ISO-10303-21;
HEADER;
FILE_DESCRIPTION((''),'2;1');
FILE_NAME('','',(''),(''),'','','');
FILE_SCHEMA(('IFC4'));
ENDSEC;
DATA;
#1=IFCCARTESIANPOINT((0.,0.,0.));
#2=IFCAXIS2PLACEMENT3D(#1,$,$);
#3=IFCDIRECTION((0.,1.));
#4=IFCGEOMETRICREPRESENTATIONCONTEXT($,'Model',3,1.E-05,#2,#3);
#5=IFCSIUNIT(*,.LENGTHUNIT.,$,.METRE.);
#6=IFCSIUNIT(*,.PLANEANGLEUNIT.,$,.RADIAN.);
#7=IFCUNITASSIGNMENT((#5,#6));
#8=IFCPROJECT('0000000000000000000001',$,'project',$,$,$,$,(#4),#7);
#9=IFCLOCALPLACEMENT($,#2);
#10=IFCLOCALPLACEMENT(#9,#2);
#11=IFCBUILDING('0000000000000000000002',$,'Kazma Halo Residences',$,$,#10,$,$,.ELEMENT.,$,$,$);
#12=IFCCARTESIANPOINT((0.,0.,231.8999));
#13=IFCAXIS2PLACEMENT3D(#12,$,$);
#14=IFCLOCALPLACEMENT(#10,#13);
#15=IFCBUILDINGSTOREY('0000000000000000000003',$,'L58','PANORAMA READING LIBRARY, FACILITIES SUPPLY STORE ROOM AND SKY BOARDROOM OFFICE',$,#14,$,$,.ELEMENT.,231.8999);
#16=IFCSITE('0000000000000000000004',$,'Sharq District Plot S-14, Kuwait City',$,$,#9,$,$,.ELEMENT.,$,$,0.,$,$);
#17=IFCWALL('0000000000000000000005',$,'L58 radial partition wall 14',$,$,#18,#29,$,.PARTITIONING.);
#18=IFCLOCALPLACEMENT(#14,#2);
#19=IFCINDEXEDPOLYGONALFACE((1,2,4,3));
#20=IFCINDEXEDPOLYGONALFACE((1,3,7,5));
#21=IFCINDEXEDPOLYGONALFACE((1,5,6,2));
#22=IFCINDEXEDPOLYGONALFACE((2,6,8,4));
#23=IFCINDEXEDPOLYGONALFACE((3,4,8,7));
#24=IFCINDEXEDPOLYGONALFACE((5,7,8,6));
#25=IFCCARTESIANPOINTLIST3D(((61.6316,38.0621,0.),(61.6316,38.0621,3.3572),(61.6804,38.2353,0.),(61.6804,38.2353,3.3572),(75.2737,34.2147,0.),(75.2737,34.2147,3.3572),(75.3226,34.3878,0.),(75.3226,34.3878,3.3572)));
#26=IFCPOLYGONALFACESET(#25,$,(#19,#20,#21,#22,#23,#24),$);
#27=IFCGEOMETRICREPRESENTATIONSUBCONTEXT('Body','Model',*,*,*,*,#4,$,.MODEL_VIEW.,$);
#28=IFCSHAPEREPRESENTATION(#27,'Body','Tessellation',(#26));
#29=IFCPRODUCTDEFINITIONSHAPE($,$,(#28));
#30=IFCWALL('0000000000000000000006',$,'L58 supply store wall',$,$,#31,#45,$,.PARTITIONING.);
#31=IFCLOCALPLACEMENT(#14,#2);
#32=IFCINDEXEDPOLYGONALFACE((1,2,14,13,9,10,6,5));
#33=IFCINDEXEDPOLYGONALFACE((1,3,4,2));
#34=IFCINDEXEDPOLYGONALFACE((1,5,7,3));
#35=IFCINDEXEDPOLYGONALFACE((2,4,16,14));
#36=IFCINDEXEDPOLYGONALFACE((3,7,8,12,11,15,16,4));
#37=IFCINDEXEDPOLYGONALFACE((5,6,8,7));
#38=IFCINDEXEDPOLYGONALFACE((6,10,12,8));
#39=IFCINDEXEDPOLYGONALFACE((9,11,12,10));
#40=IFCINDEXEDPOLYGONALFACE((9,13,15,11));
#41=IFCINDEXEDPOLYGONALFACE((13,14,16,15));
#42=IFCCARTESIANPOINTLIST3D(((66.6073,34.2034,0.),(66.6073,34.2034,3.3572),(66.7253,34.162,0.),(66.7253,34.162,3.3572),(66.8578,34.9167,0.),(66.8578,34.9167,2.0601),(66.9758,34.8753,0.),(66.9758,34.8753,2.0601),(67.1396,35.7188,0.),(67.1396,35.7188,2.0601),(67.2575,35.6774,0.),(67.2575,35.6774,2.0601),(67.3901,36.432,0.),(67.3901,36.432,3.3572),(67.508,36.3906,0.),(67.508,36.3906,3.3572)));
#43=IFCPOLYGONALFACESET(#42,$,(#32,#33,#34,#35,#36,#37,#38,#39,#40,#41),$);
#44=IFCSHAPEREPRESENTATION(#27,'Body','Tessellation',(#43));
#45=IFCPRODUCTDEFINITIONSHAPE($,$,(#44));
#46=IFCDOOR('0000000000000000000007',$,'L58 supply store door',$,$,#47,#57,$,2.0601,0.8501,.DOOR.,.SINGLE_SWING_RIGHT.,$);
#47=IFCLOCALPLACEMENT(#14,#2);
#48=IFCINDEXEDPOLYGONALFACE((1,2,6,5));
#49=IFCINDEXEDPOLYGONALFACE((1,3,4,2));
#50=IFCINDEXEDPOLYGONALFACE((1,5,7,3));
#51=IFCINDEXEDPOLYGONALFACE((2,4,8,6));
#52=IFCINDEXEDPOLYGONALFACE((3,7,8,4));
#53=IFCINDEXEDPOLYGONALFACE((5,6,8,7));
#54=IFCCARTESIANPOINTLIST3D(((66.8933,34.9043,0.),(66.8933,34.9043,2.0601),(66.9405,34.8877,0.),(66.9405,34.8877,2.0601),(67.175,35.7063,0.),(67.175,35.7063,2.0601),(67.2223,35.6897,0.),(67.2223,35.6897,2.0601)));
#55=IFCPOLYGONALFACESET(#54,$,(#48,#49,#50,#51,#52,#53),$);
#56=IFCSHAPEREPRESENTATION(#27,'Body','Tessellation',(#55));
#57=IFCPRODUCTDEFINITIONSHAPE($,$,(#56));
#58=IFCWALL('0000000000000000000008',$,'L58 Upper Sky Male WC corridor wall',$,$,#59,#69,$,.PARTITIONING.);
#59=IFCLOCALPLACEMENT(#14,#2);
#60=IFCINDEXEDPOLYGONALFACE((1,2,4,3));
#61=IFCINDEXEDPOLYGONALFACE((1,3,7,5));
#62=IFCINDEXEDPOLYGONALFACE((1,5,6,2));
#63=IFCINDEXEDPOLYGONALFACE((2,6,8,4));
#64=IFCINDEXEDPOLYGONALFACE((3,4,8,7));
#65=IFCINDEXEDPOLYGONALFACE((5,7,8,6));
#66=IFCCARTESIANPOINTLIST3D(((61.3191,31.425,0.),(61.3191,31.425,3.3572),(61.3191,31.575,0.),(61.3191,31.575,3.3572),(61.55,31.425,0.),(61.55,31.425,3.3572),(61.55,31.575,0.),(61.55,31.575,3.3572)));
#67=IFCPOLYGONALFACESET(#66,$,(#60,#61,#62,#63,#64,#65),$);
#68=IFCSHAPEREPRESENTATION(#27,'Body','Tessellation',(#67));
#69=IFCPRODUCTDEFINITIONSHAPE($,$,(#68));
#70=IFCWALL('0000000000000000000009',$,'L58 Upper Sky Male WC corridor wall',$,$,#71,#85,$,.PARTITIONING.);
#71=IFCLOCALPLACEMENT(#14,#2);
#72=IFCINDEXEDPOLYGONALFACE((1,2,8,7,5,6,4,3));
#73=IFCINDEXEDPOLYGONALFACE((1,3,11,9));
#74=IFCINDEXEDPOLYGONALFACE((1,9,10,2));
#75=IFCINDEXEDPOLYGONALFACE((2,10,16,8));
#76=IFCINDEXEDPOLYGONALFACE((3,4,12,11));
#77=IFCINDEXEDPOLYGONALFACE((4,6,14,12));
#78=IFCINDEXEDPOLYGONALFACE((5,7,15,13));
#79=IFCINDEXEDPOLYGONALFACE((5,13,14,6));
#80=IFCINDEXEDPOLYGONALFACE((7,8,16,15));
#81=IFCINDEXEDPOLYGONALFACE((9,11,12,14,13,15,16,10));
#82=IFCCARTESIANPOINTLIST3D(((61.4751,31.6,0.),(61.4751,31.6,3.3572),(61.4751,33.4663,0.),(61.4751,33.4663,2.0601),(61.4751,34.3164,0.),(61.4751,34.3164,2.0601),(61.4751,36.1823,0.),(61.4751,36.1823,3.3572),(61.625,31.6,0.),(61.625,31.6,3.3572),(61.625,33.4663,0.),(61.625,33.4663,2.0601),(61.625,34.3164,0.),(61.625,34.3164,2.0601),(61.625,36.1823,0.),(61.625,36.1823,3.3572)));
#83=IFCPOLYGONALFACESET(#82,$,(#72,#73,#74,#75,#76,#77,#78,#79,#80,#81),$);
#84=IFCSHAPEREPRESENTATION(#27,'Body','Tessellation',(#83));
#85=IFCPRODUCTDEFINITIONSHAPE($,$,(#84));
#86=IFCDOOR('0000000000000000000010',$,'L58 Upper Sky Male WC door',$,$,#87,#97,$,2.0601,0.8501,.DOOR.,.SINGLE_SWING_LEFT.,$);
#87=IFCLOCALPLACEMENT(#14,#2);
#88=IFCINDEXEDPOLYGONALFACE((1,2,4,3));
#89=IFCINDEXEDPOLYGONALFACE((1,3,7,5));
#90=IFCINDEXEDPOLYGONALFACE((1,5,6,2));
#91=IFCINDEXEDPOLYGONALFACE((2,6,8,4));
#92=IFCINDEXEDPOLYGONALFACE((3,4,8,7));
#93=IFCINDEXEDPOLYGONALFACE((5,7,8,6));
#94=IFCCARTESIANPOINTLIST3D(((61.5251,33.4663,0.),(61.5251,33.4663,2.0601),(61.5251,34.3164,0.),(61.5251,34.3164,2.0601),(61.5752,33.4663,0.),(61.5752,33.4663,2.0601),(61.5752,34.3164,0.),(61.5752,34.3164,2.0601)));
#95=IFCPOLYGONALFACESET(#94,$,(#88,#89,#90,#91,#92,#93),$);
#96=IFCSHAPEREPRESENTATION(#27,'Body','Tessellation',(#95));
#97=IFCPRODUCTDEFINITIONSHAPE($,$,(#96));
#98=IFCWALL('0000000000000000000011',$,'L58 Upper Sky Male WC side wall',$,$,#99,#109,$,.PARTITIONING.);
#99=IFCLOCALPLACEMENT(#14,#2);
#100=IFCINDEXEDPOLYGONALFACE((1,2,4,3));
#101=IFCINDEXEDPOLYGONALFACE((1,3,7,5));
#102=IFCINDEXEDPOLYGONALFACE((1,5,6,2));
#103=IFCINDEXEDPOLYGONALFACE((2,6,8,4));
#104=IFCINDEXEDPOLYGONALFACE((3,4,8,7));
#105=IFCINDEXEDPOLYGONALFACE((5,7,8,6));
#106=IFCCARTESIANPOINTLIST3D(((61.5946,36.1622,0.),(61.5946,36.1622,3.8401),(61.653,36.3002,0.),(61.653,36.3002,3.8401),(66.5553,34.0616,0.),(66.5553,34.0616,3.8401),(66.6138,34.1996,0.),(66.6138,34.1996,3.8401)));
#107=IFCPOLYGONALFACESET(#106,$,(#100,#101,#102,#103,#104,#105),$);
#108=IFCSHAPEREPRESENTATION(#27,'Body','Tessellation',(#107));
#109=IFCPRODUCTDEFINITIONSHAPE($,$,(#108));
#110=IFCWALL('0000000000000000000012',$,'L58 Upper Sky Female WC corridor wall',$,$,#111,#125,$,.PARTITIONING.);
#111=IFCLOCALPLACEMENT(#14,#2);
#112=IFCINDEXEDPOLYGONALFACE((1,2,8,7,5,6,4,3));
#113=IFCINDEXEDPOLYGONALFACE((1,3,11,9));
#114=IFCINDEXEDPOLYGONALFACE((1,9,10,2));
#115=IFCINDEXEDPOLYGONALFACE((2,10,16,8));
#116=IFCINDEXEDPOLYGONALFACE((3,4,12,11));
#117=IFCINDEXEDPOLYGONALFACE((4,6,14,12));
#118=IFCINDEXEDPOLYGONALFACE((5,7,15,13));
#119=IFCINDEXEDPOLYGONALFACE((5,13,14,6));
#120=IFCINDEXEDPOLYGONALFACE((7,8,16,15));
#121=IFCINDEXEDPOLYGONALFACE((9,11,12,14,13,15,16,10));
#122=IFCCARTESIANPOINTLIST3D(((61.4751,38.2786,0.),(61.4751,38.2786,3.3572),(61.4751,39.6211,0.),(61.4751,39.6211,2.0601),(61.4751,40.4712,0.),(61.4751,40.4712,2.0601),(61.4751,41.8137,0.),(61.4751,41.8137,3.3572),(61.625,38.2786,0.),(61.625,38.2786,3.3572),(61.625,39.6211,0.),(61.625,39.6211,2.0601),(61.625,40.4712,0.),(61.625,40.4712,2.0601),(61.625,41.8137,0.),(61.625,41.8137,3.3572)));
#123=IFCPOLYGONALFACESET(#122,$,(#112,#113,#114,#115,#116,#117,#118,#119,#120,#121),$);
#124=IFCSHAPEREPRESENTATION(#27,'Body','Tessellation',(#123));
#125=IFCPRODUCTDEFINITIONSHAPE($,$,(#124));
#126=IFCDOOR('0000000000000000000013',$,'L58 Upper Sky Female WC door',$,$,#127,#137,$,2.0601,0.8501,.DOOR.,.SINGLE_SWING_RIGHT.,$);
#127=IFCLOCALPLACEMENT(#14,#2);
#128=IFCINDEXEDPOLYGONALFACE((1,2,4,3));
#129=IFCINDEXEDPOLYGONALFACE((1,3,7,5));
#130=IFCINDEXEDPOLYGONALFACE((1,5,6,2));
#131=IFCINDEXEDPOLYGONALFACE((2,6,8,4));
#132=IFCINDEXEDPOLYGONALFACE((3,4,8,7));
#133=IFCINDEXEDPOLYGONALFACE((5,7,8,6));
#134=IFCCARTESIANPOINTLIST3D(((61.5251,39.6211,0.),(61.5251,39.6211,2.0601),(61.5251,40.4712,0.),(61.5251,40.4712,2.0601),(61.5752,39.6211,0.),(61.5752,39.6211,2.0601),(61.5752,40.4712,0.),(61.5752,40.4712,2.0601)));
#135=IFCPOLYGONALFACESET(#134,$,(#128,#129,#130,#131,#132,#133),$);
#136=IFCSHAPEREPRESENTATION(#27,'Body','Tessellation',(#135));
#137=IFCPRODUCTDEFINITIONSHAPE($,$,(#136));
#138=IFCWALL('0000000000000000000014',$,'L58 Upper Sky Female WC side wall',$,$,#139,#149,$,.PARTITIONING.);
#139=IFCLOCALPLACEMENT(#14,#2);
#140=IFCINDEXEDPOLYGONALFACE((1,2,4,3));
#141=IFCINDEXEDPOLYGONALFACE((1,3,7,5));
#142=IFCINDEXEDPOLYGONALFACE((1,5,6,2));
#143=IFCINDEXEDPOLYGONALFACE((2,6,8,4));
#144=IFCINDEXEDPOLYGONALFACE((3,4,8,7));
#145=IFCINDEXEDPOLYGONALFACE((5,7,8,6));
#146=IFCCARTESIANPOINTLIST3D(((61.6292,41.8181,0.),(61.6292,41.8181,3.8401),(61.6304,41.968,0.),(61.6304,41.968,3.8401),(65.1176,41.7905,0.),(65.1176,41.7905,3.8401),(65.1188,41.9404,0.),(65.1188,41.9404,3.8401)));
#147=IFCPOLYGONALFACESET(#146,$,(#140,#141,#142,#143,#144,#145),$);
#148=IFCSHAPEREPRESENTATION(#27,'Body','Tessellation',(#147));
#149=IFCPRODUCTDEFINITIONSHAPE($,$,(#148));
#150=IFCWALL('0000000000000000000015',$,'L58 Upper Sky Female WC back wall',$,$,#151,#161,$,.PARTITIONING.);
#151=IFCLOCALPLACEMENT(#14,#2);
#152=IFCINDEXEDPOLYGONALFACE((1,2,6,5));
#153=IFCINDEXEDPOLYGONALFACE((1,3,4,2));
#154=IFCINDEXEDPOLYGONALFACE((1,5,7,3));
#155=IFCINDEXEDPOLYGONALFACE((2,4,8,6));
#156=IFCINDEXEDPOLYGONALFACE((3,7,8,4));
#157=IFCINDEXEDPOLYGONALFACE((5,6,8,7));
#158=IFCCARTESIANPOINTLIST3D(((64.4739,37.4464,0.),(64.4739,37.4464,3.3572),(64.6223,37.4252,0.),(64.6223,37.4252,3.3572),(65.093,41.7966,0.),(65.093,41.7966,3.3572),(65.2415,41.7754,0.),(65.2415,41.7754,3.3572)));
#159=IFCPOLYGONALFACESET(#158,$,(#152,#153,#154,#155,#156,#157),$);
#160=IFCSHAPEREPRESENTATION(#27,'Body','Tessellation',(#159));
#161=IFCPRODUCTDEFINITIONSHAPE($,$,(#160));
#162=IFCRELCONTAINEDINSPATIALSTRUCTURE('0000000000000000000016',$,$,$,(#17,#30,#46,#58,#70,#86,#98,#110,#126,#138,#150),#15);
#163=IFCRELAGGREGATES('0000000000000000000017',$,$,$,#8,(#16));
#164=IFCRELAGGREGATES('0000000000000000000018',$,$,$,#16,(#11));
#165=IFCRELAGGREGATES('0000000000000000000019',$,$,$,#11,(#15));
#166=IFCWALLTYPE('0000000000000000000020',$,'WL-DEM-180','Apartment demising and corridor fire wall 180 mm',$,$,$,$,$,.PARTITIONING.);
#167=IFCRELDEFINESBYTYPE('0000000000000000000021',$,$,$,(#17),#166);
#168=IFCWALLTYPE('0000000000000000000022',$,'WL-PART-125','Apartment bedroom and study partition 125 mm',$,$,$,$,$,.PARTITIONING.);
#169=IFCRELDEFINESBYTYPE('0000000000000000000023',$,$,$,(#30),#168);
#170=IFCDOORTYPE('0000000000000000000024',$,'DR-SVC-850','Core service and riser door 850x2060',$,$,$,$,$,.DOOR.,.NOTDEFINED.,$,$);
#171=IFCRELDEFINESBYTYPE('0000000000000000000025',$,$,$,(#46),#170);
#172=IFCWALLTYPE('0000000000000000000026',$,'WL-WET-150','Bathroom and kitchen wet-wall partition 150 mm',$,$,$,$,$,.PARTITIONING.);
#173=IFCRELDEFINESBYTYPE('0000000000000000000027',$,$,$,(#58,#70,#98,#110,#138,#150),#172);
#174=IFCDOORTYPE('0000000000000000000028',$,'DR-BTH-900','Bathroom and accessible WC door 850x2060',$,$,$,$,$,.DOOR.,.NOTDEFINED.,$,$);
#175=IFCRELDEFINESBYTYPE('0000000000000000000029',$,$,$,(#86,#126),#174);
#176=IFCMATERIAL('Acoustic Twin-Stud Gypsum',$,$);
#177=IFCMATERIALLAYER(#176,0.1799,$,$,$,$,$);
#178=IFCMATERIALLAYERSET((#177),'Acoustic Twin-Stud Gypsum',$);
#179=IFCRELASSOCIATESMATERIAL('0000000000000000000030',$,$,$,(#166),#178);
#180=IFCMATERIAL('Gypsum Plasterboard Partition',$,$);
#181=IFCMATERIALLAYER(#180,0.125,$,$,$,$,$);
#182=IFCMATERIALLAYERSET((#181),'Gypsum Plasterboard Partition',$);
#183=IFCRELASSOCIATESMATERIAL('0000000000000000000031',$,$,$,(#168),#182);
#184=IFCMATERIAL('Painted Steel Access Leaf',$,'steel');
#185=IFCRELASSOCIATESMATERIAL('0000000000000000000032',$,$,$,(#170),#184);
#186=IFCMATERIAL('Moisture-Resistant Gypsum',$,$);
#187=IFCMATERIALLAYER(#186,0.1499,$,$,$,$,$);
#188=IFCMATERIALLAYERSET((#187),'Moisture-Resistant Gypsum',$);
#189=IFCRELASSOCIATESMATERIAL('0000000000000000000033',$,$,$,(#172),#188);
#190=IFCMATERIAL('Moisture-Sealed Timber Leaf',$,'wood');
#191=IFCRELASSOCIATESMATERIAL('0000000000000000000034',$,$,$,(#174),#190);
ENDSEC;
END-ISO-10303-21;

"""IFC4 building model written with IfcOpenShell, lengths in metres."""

from ifc_helpers import new_model, si_unit, direction, frame, frame_2d, origin, place, context, subcontext, project, spatial, rectangle, extrude, material, layer, layer_set, type_object, element, fill, save


model = new_model("IFC4")

# Units and contexts
model_context = context("Model", 3, precision=1e-05, world=origin(), true_north=direction((0.0, 1.0)))
body_context = subcontext(model_context, "Body", "Model", "MODEL_VIEW")
ifc_project = project(units=[si_unit("LENGTHUNIT", "METRE"), si_unit("PLANEANGLEUNIT", "RADIAN")], contexts=[model_context])

# Site, building, storey
site_placement = place(None, origin())
site = spatial("IfcSite", under=ifc_project, at=site_placement, Name="Sharq District Plot S-14, Kuwait City", CompositionType="ELEMENT", RefElevation=0.0)
building_placement = place(site_placement, origin())
building = spatial("IfcBuilding", under=site, at=building_placement, Name="Kazma Halo Residences", CompositionType="ELEMENT")
storey_placement = place(building_placement, frame((0.0, 0.0, 231.8999)))
storey = spatial("IfcBuildingStorey", under=building, at=storey_placement, Name="L58", Description="PANORAMA READING LIBRARY, FACILITIES SUPPLY STORE ROOM AND SKY BOARDROOM OFFICE", CompositionType="ELEMENT", Elevation=231.8999)

# Wall
ifc_material_1 = material(Name="Acoustic Twin-Stud Gypsum")
ifc_layer_1 = layer(ifc_material_1, 0.1799)
ifc_layer_set_1 = layer_set([ifc_layer_1], Name="Acoustic Twin-Stud Gypsum")
wall_type_1 = type_object("IfcWallType", Name="WL-DEM-180", Description="Apartment demising and corridor fire wall 180 mm", PredefinedType="PARTITIONING", material=ifc_layer_set_1)
wall_1_placement = place(storey_placement, frame((61.656, 38.1487, 0.0), z_axis=(0.0, 0.0, 1.0), x_axis=(0.962456, -0.271437, 0.0)))
element("IfcWall", 1, at=wall_1_placement, inside=storey, type_object=wall_type_1, Name="L58 radial partition wall 14", PredefinedType="PARTITIONING", context=body_context, shape_type="SweptSolid", body=[
    extrude(rectangle(XDim=14.1743, YDim=0.1799, at=frame_2d((7.0872, 0.0))), origin(), (0.0, 0.0, 1.0), 3.3572),
])

# Wall, opening, door
ifc_material_2 = material(Name="Gypsum Plasterboard Partition")
ifc_layer_2 = layer(ifc_material_2, 0.125)
ifc_layer_set_2 = layer_set([ifc_layer_2], Name="Gypsum Plasterboard Partition")
wall_type_2 = type_object("IfcWallType", Name="WL-PART-125", Description="Apartment bedroom and study partition 125 mm", PredefinedType="PARTITIONING", material=ifc_layer_set_2)
wall_2_placement = place(storey_placement, frame((66.6663, 34.1826, 0.0), z_axis=(0.0, 0.0, 1.0), x_axis=(0.331382, 0.943497, 0.0)))
wall_2 = element("IfcWall", 2, at=wall_2_placement, inside=storey, type_object=wall_type_2, Name="L58 supply store wall", PredefinedType="PARTITIONING", context=body_context, shape_type="SweptSolid", body=[
    extrude(rectangle(XDim=2.3621, YDim=0.125, at=frame_2d((1.1812, 0.0))), origin(), (0.0, 0.0, 1.0), 3.3572),
])
opening_1_placement = place(wall_2_placement, frame((0.7561, 0.0, 0.0)))
opening_1 = element("IfcOpeningElement", 3, at=opening_1_placement, cuts=wall_2, PredefinedType="OPENING", context=body_context, shape_type="SweptSolid", body=[
    extrude(rectangle(XDim=0.8501, YDim=2.0601, at=frame_2d((0.425, 1.03))), frame((0.0, 0.0725, 0.0), z_axis=(0.0, -1.0, 0.0), x_axis=(1.0, 0.0, 0.0)), (0.0, 0.0, 1.0), 0.145),
])
ifc_material_3 = material(Name="Painted Steel Access Leaf", Category="steel")
door_type_1 = type_object("IfcDoorType", Name="DR-SVC-850", Description="Core service and riser door 850x2060", OperationType="NOTDEFINED", PredefinedType="DOOR", material=ifc_material_3)
door_1_placement = place(opening_1_placement, origin())
door_1 = element("IfcDoor", 4, at=door_1_placement, inside=storey, type_object=door_type_1, Name="L58 supply store door", OperationType="SINGLE_SWING_RIGHT", OverallHeight=2.0601, OverallWidth=0.8501, PredefinedType="DOOR", context=body_context, shape_type="SweptSolid", body=[
    extrude(rectangle(XDim=0.8501, YDim=2.0601, at=frame_2d((0.425, 1.03))), frame((0.0, 0.0249, 0.0), z_axis=(0.0, -1.0, 0.0), x_axis=(1.0, 0.0, 0.0)), (0.0, 0.0, 1.0), 0.05),
])
fill(opening_1, door_1)

# Wall
ifc_material_4 = material(Name="Moisture-Resistant Gypsum")
ifc_layer_3 = layer(ifc_material_4, 0.1499)
ifc_layer_set_3 = layer_set([ifc_layer_3], Name="Moisture-Resistant Gypsum")
wall_type_3 = type_object("IfcWallType", Name="WL-WET-150", Description="Bathroom and kitchen wet-wall partition 150 mm", PredefinedType="PARTITIONING", material=ifc_layer_set_3)
wall_3_placement = place(storey_placement, frame((61.3191, 31.5, 0.0), z_axis=(0.0, 0.0, 1.0), x_axis=(1.0, 0.0, 0.0)))
element("IfcWall", 5, at=wall_3_placement, inside=storey, type_object=wall_type_3, Name="L58 Upper Sky Male WC corridor wall", PredefinedType="PARTITIONING", context=body_context, shape_type="SweptSolid", body=[
    extrude(rectangle(XDim=0.231, YDim=0.1499, at=frame_2d((0.1155, 0.0))), origin(), (0.0, 0.0, 1.0), 3.3572),
])

# Wall, opening, door
wall_4_placement = place(storey_placement, frame((61.55, 31.6001, 0.0), z_axis=(0.0, 0.0, 1.0), x_axis=(0.0, 1.0, 0.0)))
wall_4 = element("IfcWall", 6, at=wall_4_placement, inside=storey, type_object=wall_type_3, Name="L58 Upper Sky Male WC corridor wall", PredefinedType="PARTITIONING", context=body_context, shape_type="SweptSolid", body=[
    extrude(rectangle(XDim=4.5823, YDim=0.1499, at=frame_2d((2.291, 0.0))), origin(), (0.0, 0.0, 1.0), 3.3572),
])
opening_2_placement = place(wall_4_placement, frame((1.8662, 0.0, 0.0)))
opening_2 = element("IfcOpeningElement", 7, at=opening_2_placement, cuts=wall_4, PredefinedType="OPENING", context=body_context, shape_type="SweptSolid", body=[
    extrude(rectangle(XDim=0.8501, YDim=2.0601, at=frame_2d((0.425, 1.03))), frame((0.0, 0.085, 0.0), z_axis=(0.0, -1.0, 0.0), x_axis=(1.0, 0.0, 0.0)), (0.0, 0.0, 1.0), 0.1699),
])
ifc_material_5 = material(Name="Moisture-Sealed Timber Leaf", Category="wood")
door_type_2 = type_object("IfcDoorType", Name="DR-BTH-900", Description="Bathroom and accessible WC door 850x2060", OperationType="NOTDEFINED", PredefinedType="DOOR", material=ifc_material_5)
door_2_placement = place(opening_2_placement, origin())
door_2 = element("IfcDoor", 8, at=door_2_placement, inside=storey, type_object=door_type_2, Name="L58 Upper Sky Male WC door", OperationType="SINGLE_SWING_LEFT", OverallHeight=2.0601, OverallWidth=0.8501, PredefinedType="DOOR", context=body_context, shape_type="SweptSolid", body=[
    extrude(rectangle(XDim=0.8501, YDim=2.0601, at=frame_2d((0.425, 1.03))), frame((0.0, 0.0249, 0.0), z_axis=(0.0, -1.0, 0.0), x_axis=(1.0, 0.0, 0.0)), (0.0, 0.0, 1.0), 0.05),
])
fill(opening_2, door_2)

# Wall
wall_5_placement = place(storey_placement, frame((61.6238, 36.2312, 0.0), z_axis=(0.0, 0.0, 1.0), x_axis=(0.920845, -0.389928, 0.0)))
element("IfcWall", 9, at=wall_5_placement, inside=storey, type_object=wall_type_3, Name="L58 Upper Sky Male WC side wall", PredefinedType="PARTITIONING", context=body_context, shape_type="SweptSolid", body=[
    extrude(rectangle(XDim=5.3872, YDim=0.1499, at=frame_2d((2.6936, 0.0))), origin(), (0.0, 0.0, 1.0), 3.8401),
])

# Wall, opening, door
wall_6_placement = place(storey_placement, frame((61.55, 38.2786, 0.0), z_axis=(0.0, 0.0, 1.0), x_axis=(0.0, 1.0, 0.0)))
wall_6 = element("IfcWall", 10, at=wall_6_placement, inside=storey, type_object=wall_type_3, Name="L58 Upper Sky Female WC corridor wall", PredefinedType="PARTITIONING", context=body_context, shape_type="SweptSolid", body=[
    extrude(rectangle(XDim=3.5352, YDim=0.1499, at=frame_2d((1.7676, 0.0))), origin(), (0.0, 0.0, 1.0), 3.3572),
])
opening_3_placement = place(wall_6_placement, frame((1.3425, 0.0, 0.0)))
opening_3 = element("IfcOpeningElement", 11, at=opening_3_placement, cuts=wall_6, PredefinedType="OPENING", context=body_context, shape_type="SweptSolid", body=[
    extrude(rectangle(XDim=0.8501, YDim=2.0601, at=frame_2d((0.425, 1.03))), frame((0.0, 0.085, 0.0), z_axis=(0.0, -1.0, 0.0), x_axis=(1.0, 0.0, 0.0)), (0.0, 0.0, 1.0), 0.1699),
])
door_3_placement = place(opening_3_placement, origin())
door_3 = element("IfcDoor", 12, at=door_3_placement, inside=storey, type_object=door_type_2, Name="L58 Upper Sky Female WC door", OperationType="SINGLE_SWING_RIGHT", OverallHeight=2.0601, OverallWidth=0.8501, PredefinedType="DOOR", context=body_context, shape_type="SweptSolid", body=[
    extrude(rectangle(XDim=0.8501, YDim=2.0601, at=frame_2d((0.425, 1.03))), frame((0.0, 0.0249, 0.0), z_axis=(0.0, -1.0, 0.0), x_axis=(1.0, 0.0, 0.0)), (0.0, 0.0, 1.0), 0.05),
])
fill(opening_3, door_3)

# Walls
wall_7_placement = place(storey_placement, frame((61.6299, 41.8931, 0.0), z_axis=(0.0, 0.0, 1.0), x_axis=(0.999969, -0.007908, 0.0)))
element("IfcWall", 13, at=wall_7_placement, inside=storey, type_object=wall_type_3, Name="L58 Upper Sky Female WC side wall", PredefinedType="PARTITIONING", context=body_context, shape_type="SweptSolid", body=[
    extrude(rectangle(XDim=3.4885, YDim=0.1499, at=frame_2d((1.7441, 0.0))), origin(), (0.0, 0.0, 1.0), 3.8401),
])
wall_8_placement = place(storey_placement, frame((64.5481, 37.4358, 0.0), z_axis=(0.0, 0.0, 1.0), x_axis=(0.140908, 0.990023, 0.0)))
element("IfcWall", 14, at=wall_8_placement, inside=storey, type_object=wall_type_3, Name="L58 Upper Sky Female WC back wall", PredefinedType="PARTITIONING", context=body_context, shape_type="SweptSolid", body=[
    extrude(rectangle(XDim=4.394, YDim=0.1499, at=frame_2d((2.197, 0.0))), origin(), (0.0, 0.0, 1.0), 3.3572),
])

save(model, "model.ifc")
